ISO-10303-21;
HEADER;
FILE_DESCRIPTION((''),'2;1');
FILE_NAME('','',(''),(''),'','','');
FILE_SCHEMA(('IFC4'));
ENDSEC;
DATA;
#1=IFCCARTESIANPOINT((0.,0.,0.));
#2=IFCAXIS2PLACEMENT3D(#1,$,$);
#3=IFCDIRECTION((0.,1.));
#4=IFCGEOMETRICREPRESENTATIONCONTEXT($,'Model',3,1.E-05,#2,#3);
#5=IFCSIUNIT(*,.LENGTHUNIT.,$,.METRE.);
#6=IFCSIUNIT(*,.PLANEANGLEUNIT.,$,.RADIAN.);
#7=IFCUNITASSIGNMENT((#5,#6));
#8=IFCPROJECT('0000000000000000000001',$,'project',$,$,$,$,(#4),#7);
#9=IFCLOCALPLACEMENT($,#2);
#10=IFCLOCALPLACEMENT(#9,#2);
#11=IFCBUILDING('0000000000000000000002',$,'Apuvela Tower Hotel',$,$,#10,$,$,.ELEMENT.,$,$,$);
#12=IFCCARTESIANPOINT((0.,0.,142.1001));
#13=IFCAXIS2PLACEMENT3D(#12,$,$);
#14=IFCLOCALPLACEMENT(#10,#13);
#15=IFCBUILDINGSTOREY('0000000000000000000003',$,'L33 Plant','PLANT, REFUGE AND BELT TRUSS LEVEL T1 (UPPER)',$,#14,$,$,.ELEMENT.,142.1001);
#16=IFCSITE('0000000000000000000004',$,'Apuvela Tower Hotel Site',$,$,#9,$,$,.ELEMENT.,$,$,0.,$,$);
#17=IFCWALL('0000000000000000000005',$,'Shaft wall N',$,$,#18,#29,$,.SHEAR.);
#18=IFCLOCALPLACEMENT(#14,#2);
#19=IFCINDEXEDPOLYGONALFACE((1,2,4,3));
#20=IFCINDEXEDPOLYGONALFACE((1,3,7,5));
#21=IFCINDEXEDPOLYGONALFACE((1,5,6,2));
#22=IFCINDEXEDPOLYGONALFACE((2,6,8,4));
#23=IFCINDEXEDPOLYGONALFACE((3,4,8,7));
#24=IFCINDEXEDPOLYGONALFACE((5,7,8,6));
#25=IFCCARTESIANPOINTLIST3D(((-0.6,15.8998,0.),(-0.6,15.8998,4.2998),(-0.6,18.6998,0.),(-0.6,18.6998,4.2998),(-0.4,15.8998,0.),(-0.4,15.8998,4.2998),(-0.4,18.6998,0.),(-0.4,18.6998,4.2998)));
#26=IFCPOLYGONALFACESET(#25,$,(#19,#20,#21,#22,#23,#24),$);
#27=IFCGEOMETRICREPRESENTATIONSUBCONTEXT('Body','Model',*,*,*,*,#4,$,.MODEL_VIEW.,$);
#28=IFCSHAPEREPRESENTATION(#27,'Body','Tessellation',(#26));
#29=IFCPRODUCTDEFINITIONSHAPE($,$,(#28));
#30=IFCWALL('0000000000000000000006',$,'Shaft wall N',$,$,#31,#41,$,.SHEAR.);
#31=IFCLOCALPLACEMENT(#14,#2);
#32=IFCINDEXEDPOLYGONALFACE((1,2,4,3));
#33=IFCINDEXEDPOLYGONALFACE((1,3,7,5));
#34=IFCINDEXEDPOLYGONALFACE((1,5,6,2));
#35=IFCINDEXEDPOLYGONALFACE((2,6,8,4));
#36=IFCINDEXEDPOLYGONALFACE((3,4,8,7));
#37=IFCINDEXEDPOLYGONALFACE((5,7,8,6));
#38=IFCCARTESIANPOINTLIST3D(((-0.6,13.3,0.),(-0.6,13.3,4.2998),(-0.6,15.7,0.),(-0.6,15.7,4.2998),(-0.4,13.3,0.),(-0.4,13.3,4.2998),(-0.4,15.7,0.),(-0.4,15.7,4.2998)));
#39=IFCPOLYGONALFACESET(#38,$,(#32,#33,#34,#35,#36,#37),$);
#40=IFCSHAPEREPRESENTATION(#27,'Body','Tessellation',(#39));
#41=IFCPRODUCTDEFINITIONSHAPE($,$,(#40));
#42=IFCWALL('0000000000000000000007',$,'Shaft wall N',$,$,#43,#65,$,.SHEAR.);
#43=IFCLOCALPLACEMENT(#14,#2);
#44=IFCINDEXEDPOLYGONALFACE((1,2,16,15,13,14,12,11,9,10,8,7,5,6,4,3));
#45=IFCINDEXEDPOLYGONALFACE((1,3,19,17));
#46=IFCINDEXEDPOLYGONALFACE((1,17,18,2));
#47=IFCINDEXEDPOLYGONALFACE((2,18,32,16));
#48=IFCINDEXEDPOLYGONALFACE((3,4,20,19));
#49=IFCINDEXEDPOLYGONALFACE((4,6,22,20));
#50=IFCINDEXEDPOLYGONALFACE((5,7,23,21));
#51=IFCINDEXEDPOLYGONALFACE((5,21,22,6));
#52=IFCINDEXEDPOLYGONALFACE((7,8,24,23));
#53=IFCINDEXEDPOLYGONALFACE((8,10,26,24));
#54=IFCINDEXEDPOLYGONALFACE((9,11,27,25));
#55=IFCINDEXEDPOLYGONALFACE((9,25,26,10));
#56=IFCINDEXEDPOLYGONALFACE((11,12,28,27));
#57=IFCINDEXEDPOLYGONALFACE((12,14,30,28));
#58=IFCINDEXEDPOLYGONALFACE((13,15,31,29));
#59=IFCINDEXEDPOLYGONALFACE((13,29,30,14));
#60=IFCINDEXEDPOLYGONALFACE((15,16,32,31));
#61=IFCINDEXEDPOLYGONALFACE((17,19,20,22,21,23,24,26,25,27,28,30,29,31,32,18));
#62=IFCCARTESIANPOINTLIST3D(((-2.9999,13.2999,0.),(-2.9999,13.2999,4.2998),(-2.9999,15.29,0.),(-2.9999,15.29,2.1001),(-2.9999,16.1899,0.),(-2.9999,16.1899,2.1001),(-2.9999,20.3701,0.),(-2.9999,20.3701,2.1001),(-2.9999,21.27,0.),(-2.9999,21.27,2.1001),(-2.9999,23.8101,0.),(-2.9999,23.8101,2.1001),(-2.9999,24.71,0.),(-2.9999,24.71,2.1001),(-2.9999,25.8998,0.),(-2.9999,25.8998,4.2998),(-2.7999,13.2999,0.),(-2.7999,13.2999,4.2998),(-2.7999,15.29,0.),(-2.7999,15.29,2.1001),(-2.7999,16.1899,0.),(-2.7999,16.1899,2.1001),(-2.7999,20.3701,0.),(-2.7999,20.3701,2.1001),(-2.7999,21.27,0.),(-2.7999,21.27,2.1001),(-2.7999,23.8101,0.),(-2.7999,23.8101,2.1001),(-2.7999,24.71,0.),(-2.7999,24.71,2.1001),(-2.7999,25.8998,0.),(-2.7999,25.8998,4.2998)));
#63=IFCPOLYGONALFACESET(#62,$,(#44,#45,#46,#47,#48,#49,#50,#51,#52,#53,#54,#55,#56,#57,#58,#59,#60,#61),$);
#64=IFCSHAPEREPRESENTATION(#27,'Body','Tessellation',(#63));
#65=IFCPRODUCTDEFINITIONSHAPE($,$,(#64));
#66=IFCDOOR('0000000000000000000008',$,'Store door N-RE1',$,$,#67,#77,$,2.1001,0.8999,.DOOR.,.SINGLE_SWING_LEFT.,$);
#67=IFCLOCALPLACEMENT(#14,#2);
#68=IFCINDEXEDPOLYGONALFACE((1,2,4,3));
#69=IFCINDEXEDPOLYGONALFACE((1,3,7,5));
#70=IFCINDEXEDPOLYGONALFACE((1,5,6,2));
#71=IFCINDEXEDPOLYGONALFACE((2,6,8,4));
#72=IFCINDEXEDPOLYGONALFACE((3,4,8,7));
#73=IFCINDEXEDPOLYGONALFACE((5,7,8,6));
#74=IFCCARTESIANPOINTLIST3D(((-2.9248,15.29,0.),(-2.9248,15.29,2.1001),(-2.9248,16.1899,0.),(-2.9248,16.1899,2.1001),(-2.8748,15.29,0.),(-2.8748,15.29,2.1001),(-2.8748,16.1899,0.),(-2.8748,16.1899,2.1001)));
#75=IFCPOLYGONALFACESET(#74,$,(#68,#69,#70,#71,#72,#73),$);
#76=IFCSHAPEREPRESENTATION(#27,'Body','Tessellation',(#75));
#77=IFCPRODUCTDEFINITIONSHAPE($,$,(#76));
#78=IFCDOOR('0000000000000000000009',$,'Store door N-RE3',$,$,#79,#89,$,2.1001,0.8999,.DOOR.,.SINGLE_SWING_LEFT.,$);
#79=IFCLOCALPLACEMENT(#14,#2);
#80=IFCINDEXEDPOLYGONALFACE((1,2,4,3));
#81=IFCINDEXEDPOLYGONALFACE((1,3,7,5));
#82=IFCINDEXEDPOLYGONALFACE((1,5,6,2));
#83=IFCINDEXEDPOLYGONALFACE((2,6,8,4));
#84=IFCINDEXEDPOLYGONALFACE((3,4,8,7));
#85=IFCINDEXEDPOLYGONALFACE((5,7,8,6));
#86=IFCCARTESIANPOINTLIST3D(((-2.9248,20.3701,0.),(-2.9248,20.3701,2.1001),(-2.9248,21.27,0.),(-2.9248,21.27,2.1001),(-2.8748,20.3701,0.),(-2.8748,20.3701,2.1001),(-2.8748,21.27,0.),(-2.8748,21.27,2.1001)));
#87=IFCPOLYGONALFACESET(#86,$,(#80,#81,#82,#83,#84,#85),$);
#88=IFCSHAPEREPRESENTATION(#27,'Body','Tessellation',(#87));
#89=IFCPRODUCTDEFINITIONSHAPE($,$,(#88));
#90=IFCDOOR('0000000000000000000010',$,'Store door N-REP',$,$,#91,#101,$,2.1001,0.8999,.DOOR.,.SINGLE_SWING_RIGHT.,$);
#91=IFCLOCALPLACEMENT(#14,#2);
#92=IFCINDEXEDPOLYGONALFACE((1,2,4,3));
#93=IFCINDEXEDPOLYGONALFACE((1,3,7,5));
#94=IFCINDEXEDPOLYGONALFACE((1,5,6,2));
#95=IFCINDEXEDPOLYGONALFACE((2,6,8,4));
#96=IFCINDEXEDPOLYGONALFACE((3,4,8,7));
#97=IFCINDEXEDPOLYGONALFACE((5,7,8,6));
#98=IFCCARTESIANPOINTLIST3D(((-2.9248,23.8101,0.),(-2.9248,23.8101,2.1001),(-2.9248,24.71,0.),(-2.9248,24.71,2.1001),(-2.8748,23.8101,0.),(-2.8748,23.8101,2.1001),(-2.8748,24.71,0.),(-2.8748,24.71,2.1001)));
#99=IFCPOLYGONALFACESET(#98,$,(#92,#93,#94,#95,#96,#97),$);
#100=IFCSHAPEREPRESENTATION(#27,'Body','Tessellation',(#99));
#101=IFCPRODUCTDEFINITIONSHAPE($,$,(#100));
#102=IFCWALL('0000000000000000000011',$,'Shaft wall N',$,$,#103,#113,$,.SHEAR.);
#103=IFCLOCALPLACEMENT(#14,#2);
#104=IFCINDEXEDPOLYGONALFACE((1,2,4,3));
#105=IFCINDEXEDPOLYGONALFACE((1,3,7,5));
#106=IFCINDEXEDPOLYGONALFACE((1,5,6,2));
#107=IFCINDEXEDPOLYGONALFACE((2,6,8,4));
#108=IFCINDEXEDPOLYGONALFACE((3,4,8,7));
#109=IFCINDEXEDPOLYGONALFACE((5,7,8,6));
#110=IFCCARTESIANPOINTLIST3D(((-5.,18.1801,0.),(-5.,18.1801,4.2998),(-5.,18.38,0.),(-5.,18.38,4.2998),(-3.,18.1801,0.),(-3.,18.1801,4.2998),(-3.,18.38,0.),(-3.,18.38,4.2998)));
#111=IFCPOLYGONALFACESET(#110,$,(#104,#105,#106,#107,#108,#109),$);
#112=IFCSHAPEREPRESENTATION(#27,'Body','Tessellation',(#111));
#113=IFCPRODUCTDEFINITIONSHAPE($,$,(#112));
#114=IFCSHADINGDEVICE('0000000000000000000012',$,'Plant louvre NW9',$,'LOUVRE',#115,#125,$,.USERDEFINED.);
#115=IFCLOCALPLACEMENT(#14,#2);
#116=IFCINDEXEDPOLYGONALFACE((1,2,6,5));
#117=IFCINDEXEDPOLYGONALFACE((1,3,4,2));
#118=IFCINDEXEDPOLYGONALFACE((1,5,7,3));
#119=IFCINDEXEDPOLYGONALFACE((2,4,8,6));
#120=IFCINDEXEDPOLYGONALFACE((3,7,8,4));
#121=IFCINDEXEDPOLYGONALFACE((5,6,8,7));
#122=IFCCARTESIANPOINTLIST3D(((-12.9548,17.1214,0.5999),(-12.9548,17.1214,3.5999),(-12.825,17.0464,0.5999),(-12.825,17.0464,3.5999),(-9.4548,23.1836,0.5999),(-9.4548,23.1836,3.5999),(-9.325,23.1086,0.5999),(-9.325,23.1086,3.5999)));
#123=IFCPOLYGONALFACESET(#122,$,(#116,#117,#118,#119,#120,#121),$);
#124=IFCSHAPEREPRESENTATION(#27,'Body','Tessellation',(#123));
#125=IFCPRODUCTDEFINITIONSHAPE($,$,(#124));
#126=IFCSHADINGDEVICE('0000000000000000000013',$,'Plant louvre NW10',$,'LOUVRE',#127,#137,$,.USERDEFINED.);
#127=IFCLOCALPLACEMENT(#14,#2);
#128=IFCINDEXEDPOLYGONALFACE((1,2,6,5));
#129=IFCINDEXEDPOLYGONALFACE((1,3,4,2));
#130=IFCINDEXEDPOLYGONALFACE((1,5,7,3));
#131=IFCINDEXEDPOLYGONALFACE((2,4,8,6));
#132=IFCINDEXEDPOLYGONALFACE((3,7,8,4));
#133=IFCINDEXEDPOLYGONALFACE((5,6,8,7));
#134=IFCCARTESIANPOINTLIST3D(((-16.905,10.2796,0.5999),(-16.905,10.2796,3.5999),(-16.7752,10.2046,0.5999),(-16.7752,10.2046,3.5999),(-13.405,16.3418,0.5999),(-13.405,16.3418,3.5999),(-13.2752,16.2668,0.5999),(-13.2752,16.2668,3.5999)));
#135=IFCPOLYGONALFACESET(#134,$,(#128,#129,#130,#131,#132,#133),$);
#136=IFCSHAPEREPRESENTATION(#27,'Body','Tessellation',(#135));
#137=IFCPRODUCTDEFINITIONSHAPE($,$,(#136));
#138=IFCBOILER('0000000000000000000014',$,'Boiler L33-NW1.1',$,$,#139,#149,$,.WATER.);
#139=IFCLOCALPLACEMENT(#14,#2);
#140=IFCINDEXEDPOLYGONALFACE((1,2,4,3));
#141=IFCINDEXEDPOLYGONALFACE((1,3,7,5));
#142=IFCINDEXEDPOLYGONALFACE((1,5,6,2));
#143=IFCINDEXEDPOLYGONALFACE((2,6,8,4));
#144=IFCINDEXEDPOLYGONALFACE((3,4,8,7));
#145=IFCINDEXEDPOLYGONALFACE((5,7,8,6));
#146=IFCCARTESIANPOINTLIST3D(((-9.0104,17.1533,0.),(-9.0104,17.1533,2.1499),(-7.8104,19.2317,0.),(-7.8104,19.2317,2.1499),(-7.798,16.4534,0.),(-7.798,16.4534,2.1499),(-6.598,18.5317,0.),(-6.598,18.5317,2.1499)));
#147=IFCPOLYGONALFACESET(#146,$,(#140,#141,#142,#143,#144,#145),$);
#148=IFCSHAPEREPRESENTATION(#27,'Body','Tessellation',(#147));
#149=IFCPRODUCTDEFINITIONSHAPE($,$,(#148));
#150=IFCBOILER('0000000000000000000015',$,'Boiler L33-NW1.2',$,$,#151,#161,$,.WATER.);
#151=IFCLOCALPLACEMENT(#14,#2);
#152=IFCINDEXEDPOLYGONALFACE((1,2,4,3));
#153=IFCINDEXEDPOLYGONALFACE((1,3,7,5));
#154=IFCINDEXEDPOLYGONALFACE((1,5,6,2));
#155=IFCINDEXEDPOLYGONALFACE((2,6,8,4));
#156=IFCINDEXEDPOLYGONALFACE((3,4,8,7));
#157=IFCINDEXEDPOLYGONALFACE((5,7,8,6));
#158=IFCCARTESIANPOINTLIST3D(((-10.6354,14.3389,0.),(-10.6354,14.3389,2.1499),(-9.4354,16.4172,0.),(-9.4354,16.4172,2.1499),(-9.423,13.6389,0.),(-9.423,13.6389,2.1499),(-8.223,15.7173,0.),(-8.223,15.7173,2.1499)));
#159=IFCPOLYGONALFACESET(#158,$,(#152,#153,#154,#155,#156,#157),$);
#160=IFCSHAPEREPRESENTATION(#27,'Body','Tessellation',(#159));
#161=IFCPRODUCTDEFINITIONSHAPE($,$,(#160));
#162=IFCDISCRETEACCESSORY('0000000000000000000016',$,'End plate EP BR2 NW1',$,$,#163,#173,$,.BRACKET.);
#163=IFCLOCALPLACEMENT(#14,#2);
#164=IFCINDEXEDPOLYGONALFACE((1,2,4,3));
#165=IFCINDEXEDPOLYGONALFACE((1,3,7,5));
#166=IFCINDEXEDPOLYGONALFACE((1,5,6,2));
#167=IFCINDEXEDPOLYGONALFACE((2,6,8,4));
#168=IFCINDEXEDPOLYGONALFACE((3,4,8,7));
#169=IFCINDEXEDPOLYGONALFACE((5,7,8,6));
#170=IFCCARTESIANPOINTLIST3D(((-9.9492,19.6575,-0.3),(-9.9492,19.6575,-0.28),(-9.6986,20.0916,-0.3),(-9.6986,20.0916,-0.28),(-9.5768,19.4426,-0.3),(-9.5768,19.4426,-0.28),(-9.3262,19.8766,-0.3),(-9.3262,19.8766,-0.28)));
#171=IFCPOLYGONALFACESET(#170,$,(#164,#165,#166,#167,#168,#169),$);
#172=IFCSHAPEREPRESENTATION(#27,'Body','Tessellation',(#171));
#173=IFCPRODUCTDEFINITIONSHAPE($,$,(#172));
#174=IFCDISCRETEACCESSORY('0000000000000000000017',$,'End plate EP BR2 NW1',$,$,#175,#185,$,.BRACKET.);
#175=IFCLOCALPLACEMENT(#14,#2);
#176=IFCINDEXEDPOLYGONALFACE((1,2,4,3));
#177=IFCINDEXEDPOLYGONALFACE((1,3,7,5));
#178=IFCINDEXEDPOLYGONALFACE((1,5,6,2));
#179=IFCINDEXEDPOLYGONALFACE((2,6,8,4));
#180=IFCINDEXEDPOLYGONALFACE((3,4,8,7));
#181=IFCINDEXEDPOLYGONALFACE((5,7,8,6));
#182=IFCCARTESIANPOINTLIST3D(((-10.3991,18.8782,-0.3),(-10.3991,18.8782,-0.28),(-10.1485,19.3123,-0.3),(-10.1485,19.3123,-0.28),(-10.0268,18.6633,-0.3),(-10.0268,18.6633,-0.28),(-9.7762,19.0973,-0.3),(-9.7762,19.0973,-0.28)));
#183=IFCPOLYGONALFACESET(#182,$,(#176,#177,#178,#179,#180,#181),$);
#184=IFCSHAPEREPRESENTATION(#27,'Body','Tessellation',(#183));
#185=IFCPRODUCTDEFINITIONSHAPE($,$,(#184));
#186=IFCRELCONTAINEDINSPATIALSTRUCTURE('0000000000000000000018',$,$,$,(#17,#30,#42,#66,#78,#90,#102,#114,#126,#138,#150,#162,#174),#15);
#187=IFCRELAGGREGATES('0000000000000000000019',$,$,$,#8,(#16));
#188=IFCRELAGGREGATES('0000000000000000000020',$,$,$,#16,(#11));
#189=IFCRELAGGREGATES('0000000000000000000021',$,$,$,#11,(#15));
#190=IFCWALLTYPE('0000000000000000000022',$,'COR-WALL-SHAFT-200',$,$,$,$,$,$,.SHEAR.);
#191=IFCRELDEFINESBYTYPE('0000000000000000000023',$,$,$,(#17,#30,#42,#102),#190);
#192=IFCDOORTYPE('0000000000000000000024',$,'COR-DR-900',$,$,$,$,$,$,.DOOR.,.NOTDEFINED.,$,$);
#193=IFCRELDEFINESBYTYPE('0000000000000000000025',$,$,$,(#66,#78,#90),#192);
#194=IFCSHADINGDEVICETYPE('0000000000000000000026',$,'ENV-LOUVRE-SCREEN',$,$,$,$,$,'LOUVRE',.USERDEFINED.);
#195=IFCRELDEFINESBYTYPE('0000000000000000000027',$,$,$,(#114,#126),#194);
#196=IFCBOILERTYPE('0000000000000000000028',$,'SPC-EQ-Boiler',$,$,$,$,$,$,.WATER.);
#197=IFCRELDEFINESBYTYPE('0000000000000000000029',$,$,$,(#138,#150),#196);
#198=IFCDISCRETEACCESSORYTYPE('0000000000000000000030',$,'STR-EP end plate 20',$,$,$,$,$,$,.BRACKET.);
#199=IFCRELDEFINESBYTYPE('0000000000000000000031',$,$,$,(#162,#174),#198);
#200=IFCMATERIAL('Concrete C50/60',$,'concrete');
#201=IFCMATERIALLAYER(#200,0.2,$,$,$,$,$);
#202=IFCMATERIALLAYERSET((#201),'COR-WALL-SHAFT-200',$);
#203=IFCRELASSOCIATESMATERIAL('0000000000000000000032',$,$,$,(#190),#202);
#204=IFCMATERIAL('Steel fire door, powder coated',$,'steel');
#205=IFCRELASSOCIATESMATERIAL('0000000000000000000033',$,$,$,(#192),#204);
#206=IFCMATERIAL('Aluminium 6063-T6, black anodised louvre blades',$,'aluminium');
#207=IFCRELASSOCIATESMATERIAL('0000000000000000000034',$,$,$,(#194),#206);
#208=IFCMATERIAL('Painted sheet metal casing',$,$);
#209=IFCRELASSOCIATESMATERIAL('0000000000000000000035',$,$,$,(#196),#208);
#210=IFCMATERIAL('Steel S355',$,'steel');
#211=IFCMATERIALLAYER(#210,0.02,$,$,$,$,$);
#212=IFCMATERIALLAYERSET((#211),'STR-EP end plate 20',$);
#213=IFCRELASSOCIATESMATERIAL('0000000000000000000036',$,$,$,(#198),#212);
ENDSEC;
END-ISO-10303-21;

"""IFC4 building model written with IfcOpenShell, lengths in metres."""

from ifc_helpers import new_model, si_unit, direction, frame, frame_2d, origin, origin_2d, place, context, subcontext, project, spatial, rectangle, extrude, material, layer, layer_set, type_object, element, fill, save


model = new_model("IFC4")

# Units and contexts
model_context = context("Model", 3, precision=1e-05, world=origin(), true_north=direction((0.0, 1.0)))
body_context = subcontext(model_context, "Body", "Model", "MODEL_VIEW")
ifc_project = project(units=[si_unit("LENGTHUNIT", "METRE"), si_unit("PLANEANGLEUNIT", "RADIAN")], contexts=[model_context])

# Site, building, storey
site_placement = place(None, origin())
site = spatial("IfcSite", under=ifc_project, at=site_placement, Name="Apuvela Tower Hotel Site", CompositionType="ELEMENT", RefElevation=0.0)
building_placement = place(site_placement, origin())
building = spatial("IfcBuilding", under=site, at=building_placement, Name="Apuvela Tower Hotel", CompositionType="ELEMENT")
storey_placement = place(building_placement, frame((0.0, 0.0, 142.1001)))
storey = spatial("IfcBuildingStorey", under=building, at=storey_placement, Name="L33 Plant", Description="PLANT, REFUGE AND BELT TRUSS LEVEL T1 (UPPER)", CompositionType="ELEMENT", Elevation=142.1001)

# Shared definitions
ifc_material_1 = material(Name="Steel S355", Category="steel")

# Walls
ifc_material_2 = material(Name="Concrete C50/60", Category="concrete")
ifc_layer_1 = layer(ifc_material_2, 0.2)
ifc_layer_set_1 = layer_set([ifc_layer_1], Name="COR-WALL-SHAFT-200")
wall_type = type_object("IfcWallType", Name="COR-WALL-SHAFT-200", PredefinedType="SHEAR", material=ifc_layer_set_1)
wall_1_placement = place(storey_placement, frame((-0.5, 15.8999, 0.0), z_axis=(0.0, 0.0, 1.0), x_axis=(0.0, 1.0, 0.0)))
element("IfcWall", 1, at=wall_1_placement, inside=storey, type_object=wall_type, Name="Shaft wall N", PredefinedType="SHEAR", context=body_context, shape_type="SweptSolid", body=[
    extrude(rectangle(XDim=2.8, YDim=0.2, at=frame_2d((1.3999, 0.0))), origin(), (0.0, 0.0, 1.0), 4.2998),
])
wall_2_placement = place(storey_placement, frame((-0.5, 13.3, 0.0), z_axis=(0.0, 0.0, 1.0), x_axis=(0.0, 1.0, 0.0)))
element("IfcWall", 2, at=wall_2_placement, inside=storey, type_object=wall_type, Name="Shaft wall N", PredefinedType="SHEAR", context=body_context, shape_type="SweptSolid", body=[
    extrude(rectangle(XDim=2.3999, YDim=0.2, at=frame_2d((1.2, 0.0))), origin(), (0.0, 0.0, 1.0), 4.2998),
])

# Wall, openings, doors
wall_3_placement = place(storey_placement, frame((-2.8999, 13.3, 0.0), z_axis=(0.0, 0.0, 1.0), x_axis=(0.0, 1.0, 0.0)))
wall_3 = element("IfcWall", 3, at=wall_3_placement, inside=storey, type_object=wall_type, Name="Shaft wall N", PredefinedType="SHEAR", context=body_context, shape_type="SweptSolid", body=[
    extrude(rectangle(XDim=12.5999, YDim=0.2, at=frame_2d((6.2998, 0.0))), origin(), (0.0, 0.0, 1.0), 4.2998),
])
opening_1_placement = place(wall_3_placement, frame((1.99, 0.0, 0.0)))
opening_1 = element("IfcOpeningElement", 4, at=opening_1_placement, cuts=wall_3, PredefinedType="OPENING", context=body_context, shape_type="SweptSolid", body=[
    extrude(rectangle(XDim=0.8999, YDim=2.1001, at=frame_2d((0.45, 1.05))), frame((0.0, 0.1099, 0.0), z_axis=(0.0, -1.0, 0.0), x_axis=(1.0, 0.0, 0.0)), (0.0, 0.0, 1.0), 0.22),
])
opening_2_placement = place(wall_3_placement, frame((7.0701, 0.0, 0.0)))
opening_2 = element("IfcOpeningElement", 5, at=opening_2_placement, cuts=wall_3, PredefinedType="OPENING", context=body_context, shape_type="SweptSolid", body=[
    extrude(rectangle(XDim=0.8999, YDim=2.1001, at=frame_2d((0.45, 1.05))), frame((0.0, 0.1099, 0.0), z_axis=(0.0, -1.0, 0.0), x_axis=(1.0, 0.0, 0.0)), (0.0, 0.0, 1.0), 0.22),
])
opening_3_placement = place(wall_3_placement, frame((10.51, 0.0, 0.0)))
opening_3 = element("IfcOpeningElement", 6, at=opening_3_placement, cuts=wall_3, PredefinedType="OPENING", context=body_context, shape_type="SweptSolid", body=[
    extrude(rectangle(XDim=0.8999, YDim=2.1001, at=frame_2d((0.45, 1.05))), frame((0.0, 0.1099, 0.0), z_axis=(0.0, -1.0, 0.0), x_axis=(1.0, 0.0, 0.0)), (0.0, 0.0, 1.0), 0.22),
])
ifc_material_3 = material(Name="Steel fire door, powder coated", Category="steel")
door_type = type_object("IfcDoorType", Name="COR-DR-900", OperationType="NOTDEFINED", PredefinedType="DOOR", material=ifc_material_3)
door_1_placement = place(opening_1_placement, origin())
door_1 = element("IfcDoor", 7, at=door_1_placement, inside=storey, type_object=door_type, Name="Store door N-RE1", OperationType="SINGLE_SWING_LEFT", OverallHeight=2.1001, OverallWidth=0.8999, PredefinedType="DOOR", context=body_context, shape_type="SweptSolid", body=[
    extrude(rectangle(XDim=0.8999, YDim=2.1001, at=frame_2d((0.45, 1.05))), frame((0.0, 0.0249, 0.0), z_axis=(0.0, -1.0, 0.0), x_axis=(1.0, 0.0, 0.0)), (0.0, 0.0, 1.0), 0.05),
])
fill(opening_1, door_1)
door_2_placement = place(opening_2_placement, origin())
door_2 = element("IfcDoor", 8, at=door_2_placement, inside=storey, type_object=door_type, Name="Store door N-RE3", OperationType="SINGLE_SWING_LEFT", OverallHeight=2.1001, OverallWidth=0.8999, PredefinedType="DOOR", context=body_context, shape_type="SweptSolid", body=[
    extrude(rectangle(XDim=0.8999, YDim=2.1001, at=frame_2d((0.45, 1.05))), frame((0.0, 0.0249, 0.0), z_axis=(0.0, -1.0, 0.0), x_axis=(1.0, 0.0, 0.0)), (0.0, 0.0, 1.0), 0.05),
])
fill(opening_2, door_2)
door_3_placement = place(opening_3_placement, origin())
door_3 = element("IfcDoor", 9, at=door_3_placement, inside=storey, type_object=door_type, Name="Store door N-REP", OperationType="SINGLE_SWING_RIGHT", OverallHeight=2.1001, OverallWidth=0.8999, PredefinedType="DOOR", context=body_context, shape_type="SweptSolid", body=[
    extrude(rectangle(XDim=0.8999, YDim=2.1001, at=frame_2d((0.45, 1.05))), frame((0.0, 0.0249, 0.0), z_axis=(0.0, -1.0, 0.0), x_axis=(1.0, 0.0, 0.0)), (0.0, 0.0, 1.0), 0.05),
])
fill(opening_3, door_3)

# Wall
wall_4_placement = place(storey_placement, frame((-3.0, 18.28, 0.0), z_axis=(0.0, 0.0, 1.0), x_axis=(-1.0, 0.0, 0.0)))
element("IfcWall", 10, at=wall_4_placement, inside=storey, type_object=wall_type, Name="Shaft wall N", PredefinedType="SHEAR", context=body_context, shape_type="SweptSolid", body=[
    extrude(rectangle(XDim=2.0, YDim=0.2, at=frame_2d((1.0, 0.0))), origin(), (0.0, 0.0, 1.0), 4.2998),
])

# Shading devices
ifc_material_4 = material(Name="Aluminium 6063-T6, black anodised louvre blades", Category="aluminium")
shading_device_type = type_object("IfcShadingDeviceType", Name="ENV-LOUVRE-SCREEN", ElementType="LOUVRE", PredefinedType="USERDEFINED", material=ifc_material_4)
for number, where, z_axis, x_axis, name in (
    (11, (-11.1399, 20.115, 0.5999), (0.0, 0.0, 1.0), (-0.5, -0.866025, 0.0), "Plant louvre NW9"),
    (12, (-15.0901, 13.2732, 0.5999), (0.0, 0.0, 1.0), (-0.5, -0.866025, 0.0), "Plant louvre NW10"),
):
    element("IfcShadingDevice", number, at=place(storey_placement, frame(where, z_axis=z_axis, x_axis=x_axis)), inside=storey, type_object=shading_device_type, Name=name, ObjectType="LOUVRE", PredefinedType="USERDEFINED", context=body_context, shape_type="SweptSolid", body=[
        extrude(rectangle(XDim=7.0, YDim=0.1499, at=origin_2d()), origin(), (0.0, 0.0, 1.0), 3.0),
    ])

# Boilers
ifc_material_5 = material(Name="Painted sheet metal casing")
boiler_type = type_object("IfcBoilerType", Name="SPC-EQ-Boiler", PredefinedType="WATER", material=ifc_material_5)
for number, where, z_axis, x_axis, name in (
    (13, (-7.8042, 17.8425, 0.0), (0.0, 0.0, 1.0), (-0.5, -0.866025, 0.0), "Boiler L33-NW1.1"),
    (14, (-9.4292, 15.0281, 0.0), (0.0, 0.0, 1.0), (-0.5, -0.866025, 0.0), "Boiler L33-NW1.2"),
):
    element("IfcBoiler", number, at=place(storey_placement, frame(where, z_axis=z_axis, x_axis=x_axis)), inside=storey, type_object=boiler_type, Name=name, PredefinedType="WATER", context=body_context, shape_type="SweptSolid", body=[
        extrude(rectangle(XDim=2.3999, YDim=1.3999, at=origin_2d()), origin(), (0.0, 0.0, 1.0), 2.1499),
    ])

# Discrete accessories
ifc_layer_2 = layer(ifc_material_1, 0.02)
ifc_layer_set_2 = layer_set([ifc_layer_2], Name="STR-EP end plate 20")
discrete_accessory_type = type_object("IfcDiscreteAccessoryType", Name="STR-EP end plate 20", PredefinedType="BRACKET", material=ifc_layer_set_2)
for number, where, z_axis, x_axis, name in (
    (15, (-9.6377, 19.7671, -0.3), (0.0, 0.0, 1.0), (0.5, 0.866025, 0.0), "End plate EP BR2 NW1"),
    (16, (-10.0876, 18.9878, -0.3), (0.0, 0.0, 1.0), (-0.5, -0.866025, 0.0), "End plate EP BR2 NW1"),
):
    element("IfcDiscreteAccessory", number, at=place(storey_placement, frame(where, z_axis=z_axis, x_axis=x_axis)), inside=storey, type_object=discrete_accessory_type, Name=name, PredefinedType="BRACKET", context=body_context, shape_type="SweptSolid", body=[
        extrude(rectangle(XDim=0.5012, YDim=0.4299, at=origin_2d()), origin(), (0.0, 0.0, 1.0), 0.02),
    ])

save(model, "model.ifc")
